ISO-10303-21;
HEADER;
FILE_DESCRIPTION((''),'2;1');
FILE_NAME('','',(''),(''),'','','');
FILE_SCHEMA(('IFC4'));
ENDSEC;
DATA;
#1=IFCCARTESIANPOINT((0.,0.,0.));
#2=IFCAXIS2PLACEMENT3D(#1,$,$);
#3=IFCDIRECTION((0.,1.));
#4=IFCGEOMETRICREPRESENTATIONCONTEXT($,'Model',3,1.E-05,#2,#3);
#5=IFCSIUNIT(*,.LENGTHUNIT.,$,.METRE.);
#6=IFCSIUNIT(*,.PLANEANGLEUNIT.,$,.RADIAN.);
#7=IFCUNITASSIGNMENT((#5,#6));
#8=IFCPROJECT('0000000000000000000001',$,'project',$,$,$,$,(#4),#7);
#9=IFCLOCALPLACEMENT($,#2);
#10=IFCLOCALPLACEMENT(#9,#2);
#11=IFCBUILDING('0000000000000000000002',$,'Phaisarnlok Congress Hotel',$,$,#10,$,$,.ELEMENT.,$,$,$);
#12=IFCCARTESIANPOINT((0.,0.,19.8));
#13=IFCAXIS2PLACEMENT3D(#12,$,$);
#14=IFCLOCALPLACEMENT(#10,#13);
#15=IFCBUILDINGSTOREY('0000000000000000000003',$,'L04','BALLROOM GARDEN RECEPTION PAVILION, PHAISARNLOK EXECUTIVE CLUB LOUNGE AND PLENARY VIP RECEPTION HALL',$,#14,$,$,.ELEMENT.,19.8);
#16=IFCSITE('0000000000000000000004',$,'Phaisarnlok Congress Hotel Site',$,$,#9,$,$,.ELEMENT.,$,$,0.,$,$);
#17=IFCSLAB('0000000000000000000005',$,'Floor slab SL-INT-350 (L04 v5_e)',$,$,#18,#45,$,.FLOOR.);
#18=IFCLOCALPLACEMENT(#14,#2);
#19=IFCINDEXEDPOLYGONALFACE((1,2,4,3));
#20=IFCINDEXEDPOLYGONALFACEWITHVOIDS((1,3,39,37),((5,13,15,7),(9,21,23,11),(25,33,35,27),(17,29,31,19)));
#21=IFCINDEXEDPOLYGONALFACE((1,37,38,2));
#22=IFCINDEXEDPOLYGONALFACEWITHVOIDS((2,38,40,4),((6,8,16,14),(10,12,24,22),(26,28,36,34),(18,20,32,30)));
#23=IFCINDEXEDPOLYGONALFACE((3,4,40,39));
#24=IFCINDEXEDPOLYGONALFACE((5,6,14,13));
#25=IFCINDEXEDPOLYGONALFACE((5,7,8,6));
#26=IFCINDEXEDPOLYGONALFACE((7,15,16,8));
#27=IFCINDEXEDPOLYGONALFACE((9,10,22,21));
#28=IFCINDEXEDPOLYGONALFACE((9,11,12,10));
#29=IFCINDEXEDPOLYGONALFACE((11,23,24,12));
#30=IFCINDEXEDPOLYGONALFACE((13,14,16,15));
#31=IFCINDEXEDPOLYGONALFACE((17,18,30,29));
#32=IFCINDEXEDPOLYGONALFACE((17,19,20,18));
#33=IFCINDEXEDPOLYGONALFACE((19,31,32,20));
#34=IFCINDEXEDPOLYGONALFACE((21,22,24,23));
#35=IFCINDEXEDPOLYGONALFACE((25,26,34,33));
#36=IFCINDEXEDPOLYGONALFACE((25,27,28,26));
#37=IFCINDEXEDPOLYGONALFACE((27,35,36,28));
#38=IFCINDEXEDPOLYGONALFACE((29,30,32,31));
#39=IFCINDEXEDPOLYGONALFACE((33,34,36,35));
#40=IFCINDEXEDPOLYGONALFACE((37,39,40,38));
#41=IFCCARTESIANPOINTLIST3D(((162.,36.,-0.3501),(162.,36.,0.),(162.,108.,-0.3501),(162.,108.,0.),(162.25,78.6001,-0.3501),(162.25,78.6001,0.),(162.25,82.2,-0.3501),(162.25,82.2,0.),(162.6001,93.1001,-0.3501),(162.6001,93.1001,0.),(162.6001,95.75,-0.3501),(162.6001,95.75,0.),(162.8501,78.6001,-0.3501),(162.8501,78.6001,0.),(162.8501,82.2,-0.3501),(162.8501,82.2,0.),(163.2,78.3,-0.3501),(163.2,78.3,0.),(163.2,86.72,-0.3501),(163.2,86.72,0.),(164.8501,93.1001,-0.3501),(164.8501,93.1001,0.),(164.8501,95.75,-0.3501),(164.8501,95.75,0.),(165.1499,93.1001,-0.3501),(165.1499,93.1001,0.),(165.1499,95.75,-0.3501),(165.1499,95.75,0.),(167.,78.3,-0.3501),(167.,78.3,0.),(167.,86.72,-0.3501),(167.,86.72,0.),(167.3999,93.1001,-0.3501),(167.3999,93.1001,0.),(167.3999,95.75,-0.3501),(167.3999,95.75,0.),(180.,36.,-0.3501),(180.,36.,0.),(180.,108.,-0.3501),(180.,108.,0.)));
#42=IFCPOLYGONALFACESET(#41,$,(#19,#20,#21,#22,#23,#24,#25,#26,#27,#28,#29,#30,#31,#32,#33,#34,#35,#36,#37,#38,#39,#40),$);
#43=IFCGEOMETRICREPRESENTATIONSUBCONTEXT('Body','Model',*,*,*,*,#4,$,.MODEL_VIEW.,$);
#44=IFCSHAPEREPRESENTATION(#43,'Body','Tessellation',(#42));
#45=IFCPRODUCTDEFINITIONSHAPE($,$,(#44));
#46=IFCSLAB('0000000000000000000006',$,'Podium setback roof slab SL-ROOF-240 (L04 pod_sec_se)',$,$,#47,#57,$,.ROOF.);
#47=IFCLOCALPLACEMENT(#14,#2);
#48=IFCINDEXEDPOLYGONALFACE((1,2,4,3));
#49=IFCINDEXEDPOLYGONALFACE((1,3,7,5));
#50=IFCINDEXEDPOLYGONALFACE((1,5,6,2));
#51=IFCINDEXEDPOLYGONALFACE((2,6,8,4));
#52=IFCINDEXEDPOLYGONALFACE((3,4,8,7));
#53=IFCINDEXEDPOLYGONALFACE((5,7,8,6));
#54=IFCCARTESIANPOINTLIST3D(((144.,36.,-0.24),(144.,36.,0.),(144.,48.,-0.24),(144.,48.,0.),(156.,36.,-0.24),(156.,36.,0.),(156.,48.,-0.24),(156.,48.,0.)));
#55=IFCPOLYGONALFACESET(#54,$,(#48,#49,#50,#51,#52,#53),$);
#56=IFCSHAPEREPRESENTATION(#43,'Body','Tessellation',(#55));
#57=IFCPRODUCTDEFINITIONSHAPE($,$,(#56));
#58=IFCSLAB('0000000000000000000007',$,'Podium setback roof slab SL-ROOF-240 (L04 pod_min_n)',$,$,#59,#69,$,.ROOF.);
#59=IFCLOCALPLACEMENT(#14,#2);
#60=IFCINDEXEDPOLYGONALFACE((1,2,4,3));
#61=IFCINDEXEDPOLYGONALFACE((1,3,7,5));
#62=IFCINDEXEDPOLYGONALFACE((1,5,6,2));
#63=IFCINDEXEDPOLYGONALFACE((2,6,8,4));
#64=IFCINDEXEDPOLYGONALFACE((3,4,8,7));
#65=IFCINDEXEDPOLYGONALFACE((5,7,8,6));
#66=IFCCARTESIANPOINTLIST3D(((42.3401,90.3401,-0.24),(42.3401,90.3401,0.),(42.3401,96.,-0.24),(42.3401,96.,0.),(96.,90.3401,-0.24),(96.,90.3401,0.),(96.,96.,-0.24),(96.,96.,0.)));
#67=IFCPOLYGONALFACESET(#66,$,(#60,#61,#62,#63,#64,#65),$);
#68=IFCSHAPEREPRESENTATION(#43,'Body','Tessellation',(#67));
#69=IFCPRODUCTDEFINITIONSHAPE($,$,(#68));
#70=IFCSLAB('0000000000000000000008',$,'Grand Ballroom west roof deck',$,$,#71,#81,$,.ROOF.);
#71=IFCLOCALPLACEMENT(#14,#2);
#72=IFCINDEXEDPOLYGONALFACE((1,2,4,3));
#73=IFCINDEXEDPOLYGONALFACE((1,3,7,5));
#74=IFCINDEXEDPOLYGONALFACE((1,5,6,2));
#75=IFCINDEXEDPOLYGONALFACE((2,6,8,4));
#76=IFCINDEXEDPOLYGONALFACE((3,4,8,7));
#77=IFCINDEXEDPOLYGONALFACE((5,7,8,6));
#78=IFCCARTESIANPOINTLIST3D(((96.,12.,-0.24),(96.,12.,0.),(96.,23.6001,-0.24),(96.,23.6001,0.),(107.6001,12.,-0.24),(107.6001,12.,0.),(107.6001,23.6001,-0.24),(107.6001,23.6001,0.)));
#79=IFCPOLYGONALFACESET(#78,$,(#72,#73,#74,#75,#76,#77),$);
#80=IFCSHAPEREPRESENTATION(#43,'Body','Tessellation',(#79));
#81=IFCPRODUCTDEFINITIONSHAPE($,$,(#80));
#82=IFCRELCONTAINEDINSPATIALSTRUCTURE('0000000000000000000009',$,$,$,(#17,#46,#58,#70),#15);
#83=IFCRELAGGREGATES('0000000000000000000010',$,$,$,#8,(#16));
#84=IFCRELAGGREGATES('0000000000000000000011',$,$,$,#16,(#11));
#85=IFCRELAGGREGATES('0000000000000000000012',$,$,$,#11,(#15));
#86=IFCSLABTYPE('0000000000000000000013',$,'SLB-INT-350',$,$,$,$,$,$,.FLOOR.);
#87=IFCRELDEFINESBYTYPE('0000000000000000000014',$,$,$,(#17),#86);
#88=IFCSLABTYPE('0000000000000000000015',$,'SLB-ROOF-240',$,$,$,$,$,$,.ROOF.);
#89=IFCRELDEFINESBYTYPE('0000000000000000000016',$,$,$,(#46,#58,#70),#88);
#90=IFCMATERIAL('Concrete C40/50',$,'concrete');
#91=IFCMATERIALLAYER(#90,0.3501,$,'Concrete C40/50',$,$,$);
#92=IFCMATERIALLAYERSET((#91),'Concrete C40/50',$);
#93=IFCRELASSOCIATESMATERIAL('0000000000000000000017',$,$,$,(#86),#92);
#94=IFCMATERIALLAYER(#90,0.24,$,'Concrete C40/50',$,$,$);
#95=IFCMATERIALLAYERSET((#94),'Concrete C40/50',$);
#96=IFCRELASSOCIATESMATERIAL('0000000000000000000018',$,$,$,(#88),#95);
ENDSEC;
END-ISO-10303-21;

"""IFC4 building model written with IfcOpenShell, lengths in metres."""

from ifc_helpers import new_model, si_unit, direction, frame, origin, place, context, subcontext, project, spatial, polyline, outline, extrude, material, layer, layer_set, type_object, element, save


model = new_model("IFC4")

# Units and contexts
model_context = context("Model", 3, precision=1e-05, world=origin(), true_north=direction((0.0, 1.0)))
body_context = subcontext(model_context, "Body", "Model", "MODEL_VIEW")
ifc_project = project(units=[si_unit("LENGTHUNIT", "METRE"), si_unit("PLANEANGLEUNIT", "RADIAN")], contexts=[model_context])

# Site, building, storey
site_placement = place(None, origin())
site = spatial("IfcSite", under=ifc_project, at=site_placement, Name="Phaisarnlok Congress Hotel Site", CompositionType="ELEMENT", RefElevation=0.0)
building_placement = place(site_placement, origin())
building = spatial("IfcBuilding", under=site, at=building_placement, Name="Phaisarnlok Congress Hotel", CompositionType="ELEMENT")
storey_placement = place(building_placement, frame((0.0, 0.0, 19.8)))
storey = spatial("IfcBuildingStorey", under=building, at=storey_placement, Name="L04", Description="BALLROOM GARDEN RECEPTION PAVILION, PHAISARNLOK EXECUTIVE CLUB LOUNGE AND PLENARY VIP RECEPTION HALL", CompositionType="ELEMENT", Elevation=19.8)

# Slabs
ifc_material_1 = material(Name="Concrete C40/50", Category="concrete")
ifc_layer_1 = layer(ifc_material_1, 0.3501, Name="Concrete C40/50")
ifc_layer_set_1 = layer_set([ifc_layer_1], Name="Concrete C40/50")
slab_type_1 = type_object("IfcSlabType", Name="SLB-INT-350", PredefinedType="FLOOR", material=ifc_layer_set_1)
slab_1_placement = place(storey_placement, frame((0.0, 0.0, -0.3501)))
element("IfcSlab", 1, at=slab_1_placement, inside=storey, type_object=slab_type_1, Name="Floor slab SL-INT-350 (L04 v5_e)", PredefinedType="FLOOR", context=body_context, shape_type="SweptSolid", body=[
    extrude(outline(polyline([(180.0, 36.0), (180.0, 108.0), (162.0, 108.0), (162.0, 36.0), (180.0, 36.0)]), holes=[polyline([(163.2, 86.72), (163.2, 78.3), (167.0, 78.3), (167.0, 86.72), (163.2, 86.72)]), polyline([(164.8501, 93.1001), (164.8501, 95.75), (162.6001, 95.75), (162.6001, 93.1001), (164.8501, 93.1001)]), polyline([(167.3999, 93.1001), (167.3999, 95.75), (165.1499, 95.75), (165.1499, 93.1001), (167.3999, 93.1001)]), polyline([(162.8501, 78.6001), (162.8501, 82.2), (162.25, 82.2), (162.25, 78.6001), (162.8501, 78.6001)])]), origin(), (0.0, 0.0, 1.0), 0.3501),
])
ifc_layer_2 = layer(ifc_material_1, 0.24, Name="Concrete C40/50")
ifc_layer_set_2 = layer_set([ifc_layer_2], Name="Concrete C40/50")
slab_type_2 = type_object("IfcSlabType", Name="SLB-ROOF-240", PredefinedType="ROOF", material=ifc_layer_set_2)
slab_2_placement = place(storey_placement, frame((0.0, 0.0, -0.24)))
element("IfcSlab", 2, at=slab_2_placement, inside=storey, type_object=slab_type_2, Name="Podium setback roof slab SL-ROOF-240 (L04 pod_sec_se)", PredefinedType="ROOF", context=body_context, shape_type="SweptSolid", body=[
    extrude(outline(polyline([(144.0, 36.0), (156.0, 36.0), (156.0, 48.0), (144.0, 48.0), (144.0, 36.0)])), origin(), (0.0, 0.0, 1.0), 0.24),
])
slab_3_placement = place(storey_placement, frame((0.0, 0.0, -0.24)))
element("IfcSlab", 3, at=slab_3_placement, inside=storey, type_object=slab_type_2, Name="Podium setback roof slab SL-ROOF-240 (L04 pod_min_n)", PredefinedType="ROOF", context=body_context, shape_type="SweptSolid", body=[
    extrude(outline(polyline([(42.3401, 90.3401), (96.0, 90.3401), (96.0, 96.0), (42.3401, 96.0), (42.3401, 90.3401)])), origin(), (0.0, 0.0, 1.0), 0.24),
])
slab_4_placement = place(storey_placement, frame((0.0, 0.0, -0.24)))
element("IfcSlab", 4, at=slab_4_placement, inside=storey, type_object=slab_type_2, Name="Grand Ballroom west roof deck", PredefinedType="ROOF", context=body_context, shape_type="SweptSolid", body=[
    extrude(outline(polyline([(96.0, 12.0), (107.6001, 12.0), (107.6001, 23.6001), (96.0, 23.6001), (96.0, 12.0)])), origin(), (0.0, 0.0, 1.0), 0.24),
])

save(model, "model.ifc")
